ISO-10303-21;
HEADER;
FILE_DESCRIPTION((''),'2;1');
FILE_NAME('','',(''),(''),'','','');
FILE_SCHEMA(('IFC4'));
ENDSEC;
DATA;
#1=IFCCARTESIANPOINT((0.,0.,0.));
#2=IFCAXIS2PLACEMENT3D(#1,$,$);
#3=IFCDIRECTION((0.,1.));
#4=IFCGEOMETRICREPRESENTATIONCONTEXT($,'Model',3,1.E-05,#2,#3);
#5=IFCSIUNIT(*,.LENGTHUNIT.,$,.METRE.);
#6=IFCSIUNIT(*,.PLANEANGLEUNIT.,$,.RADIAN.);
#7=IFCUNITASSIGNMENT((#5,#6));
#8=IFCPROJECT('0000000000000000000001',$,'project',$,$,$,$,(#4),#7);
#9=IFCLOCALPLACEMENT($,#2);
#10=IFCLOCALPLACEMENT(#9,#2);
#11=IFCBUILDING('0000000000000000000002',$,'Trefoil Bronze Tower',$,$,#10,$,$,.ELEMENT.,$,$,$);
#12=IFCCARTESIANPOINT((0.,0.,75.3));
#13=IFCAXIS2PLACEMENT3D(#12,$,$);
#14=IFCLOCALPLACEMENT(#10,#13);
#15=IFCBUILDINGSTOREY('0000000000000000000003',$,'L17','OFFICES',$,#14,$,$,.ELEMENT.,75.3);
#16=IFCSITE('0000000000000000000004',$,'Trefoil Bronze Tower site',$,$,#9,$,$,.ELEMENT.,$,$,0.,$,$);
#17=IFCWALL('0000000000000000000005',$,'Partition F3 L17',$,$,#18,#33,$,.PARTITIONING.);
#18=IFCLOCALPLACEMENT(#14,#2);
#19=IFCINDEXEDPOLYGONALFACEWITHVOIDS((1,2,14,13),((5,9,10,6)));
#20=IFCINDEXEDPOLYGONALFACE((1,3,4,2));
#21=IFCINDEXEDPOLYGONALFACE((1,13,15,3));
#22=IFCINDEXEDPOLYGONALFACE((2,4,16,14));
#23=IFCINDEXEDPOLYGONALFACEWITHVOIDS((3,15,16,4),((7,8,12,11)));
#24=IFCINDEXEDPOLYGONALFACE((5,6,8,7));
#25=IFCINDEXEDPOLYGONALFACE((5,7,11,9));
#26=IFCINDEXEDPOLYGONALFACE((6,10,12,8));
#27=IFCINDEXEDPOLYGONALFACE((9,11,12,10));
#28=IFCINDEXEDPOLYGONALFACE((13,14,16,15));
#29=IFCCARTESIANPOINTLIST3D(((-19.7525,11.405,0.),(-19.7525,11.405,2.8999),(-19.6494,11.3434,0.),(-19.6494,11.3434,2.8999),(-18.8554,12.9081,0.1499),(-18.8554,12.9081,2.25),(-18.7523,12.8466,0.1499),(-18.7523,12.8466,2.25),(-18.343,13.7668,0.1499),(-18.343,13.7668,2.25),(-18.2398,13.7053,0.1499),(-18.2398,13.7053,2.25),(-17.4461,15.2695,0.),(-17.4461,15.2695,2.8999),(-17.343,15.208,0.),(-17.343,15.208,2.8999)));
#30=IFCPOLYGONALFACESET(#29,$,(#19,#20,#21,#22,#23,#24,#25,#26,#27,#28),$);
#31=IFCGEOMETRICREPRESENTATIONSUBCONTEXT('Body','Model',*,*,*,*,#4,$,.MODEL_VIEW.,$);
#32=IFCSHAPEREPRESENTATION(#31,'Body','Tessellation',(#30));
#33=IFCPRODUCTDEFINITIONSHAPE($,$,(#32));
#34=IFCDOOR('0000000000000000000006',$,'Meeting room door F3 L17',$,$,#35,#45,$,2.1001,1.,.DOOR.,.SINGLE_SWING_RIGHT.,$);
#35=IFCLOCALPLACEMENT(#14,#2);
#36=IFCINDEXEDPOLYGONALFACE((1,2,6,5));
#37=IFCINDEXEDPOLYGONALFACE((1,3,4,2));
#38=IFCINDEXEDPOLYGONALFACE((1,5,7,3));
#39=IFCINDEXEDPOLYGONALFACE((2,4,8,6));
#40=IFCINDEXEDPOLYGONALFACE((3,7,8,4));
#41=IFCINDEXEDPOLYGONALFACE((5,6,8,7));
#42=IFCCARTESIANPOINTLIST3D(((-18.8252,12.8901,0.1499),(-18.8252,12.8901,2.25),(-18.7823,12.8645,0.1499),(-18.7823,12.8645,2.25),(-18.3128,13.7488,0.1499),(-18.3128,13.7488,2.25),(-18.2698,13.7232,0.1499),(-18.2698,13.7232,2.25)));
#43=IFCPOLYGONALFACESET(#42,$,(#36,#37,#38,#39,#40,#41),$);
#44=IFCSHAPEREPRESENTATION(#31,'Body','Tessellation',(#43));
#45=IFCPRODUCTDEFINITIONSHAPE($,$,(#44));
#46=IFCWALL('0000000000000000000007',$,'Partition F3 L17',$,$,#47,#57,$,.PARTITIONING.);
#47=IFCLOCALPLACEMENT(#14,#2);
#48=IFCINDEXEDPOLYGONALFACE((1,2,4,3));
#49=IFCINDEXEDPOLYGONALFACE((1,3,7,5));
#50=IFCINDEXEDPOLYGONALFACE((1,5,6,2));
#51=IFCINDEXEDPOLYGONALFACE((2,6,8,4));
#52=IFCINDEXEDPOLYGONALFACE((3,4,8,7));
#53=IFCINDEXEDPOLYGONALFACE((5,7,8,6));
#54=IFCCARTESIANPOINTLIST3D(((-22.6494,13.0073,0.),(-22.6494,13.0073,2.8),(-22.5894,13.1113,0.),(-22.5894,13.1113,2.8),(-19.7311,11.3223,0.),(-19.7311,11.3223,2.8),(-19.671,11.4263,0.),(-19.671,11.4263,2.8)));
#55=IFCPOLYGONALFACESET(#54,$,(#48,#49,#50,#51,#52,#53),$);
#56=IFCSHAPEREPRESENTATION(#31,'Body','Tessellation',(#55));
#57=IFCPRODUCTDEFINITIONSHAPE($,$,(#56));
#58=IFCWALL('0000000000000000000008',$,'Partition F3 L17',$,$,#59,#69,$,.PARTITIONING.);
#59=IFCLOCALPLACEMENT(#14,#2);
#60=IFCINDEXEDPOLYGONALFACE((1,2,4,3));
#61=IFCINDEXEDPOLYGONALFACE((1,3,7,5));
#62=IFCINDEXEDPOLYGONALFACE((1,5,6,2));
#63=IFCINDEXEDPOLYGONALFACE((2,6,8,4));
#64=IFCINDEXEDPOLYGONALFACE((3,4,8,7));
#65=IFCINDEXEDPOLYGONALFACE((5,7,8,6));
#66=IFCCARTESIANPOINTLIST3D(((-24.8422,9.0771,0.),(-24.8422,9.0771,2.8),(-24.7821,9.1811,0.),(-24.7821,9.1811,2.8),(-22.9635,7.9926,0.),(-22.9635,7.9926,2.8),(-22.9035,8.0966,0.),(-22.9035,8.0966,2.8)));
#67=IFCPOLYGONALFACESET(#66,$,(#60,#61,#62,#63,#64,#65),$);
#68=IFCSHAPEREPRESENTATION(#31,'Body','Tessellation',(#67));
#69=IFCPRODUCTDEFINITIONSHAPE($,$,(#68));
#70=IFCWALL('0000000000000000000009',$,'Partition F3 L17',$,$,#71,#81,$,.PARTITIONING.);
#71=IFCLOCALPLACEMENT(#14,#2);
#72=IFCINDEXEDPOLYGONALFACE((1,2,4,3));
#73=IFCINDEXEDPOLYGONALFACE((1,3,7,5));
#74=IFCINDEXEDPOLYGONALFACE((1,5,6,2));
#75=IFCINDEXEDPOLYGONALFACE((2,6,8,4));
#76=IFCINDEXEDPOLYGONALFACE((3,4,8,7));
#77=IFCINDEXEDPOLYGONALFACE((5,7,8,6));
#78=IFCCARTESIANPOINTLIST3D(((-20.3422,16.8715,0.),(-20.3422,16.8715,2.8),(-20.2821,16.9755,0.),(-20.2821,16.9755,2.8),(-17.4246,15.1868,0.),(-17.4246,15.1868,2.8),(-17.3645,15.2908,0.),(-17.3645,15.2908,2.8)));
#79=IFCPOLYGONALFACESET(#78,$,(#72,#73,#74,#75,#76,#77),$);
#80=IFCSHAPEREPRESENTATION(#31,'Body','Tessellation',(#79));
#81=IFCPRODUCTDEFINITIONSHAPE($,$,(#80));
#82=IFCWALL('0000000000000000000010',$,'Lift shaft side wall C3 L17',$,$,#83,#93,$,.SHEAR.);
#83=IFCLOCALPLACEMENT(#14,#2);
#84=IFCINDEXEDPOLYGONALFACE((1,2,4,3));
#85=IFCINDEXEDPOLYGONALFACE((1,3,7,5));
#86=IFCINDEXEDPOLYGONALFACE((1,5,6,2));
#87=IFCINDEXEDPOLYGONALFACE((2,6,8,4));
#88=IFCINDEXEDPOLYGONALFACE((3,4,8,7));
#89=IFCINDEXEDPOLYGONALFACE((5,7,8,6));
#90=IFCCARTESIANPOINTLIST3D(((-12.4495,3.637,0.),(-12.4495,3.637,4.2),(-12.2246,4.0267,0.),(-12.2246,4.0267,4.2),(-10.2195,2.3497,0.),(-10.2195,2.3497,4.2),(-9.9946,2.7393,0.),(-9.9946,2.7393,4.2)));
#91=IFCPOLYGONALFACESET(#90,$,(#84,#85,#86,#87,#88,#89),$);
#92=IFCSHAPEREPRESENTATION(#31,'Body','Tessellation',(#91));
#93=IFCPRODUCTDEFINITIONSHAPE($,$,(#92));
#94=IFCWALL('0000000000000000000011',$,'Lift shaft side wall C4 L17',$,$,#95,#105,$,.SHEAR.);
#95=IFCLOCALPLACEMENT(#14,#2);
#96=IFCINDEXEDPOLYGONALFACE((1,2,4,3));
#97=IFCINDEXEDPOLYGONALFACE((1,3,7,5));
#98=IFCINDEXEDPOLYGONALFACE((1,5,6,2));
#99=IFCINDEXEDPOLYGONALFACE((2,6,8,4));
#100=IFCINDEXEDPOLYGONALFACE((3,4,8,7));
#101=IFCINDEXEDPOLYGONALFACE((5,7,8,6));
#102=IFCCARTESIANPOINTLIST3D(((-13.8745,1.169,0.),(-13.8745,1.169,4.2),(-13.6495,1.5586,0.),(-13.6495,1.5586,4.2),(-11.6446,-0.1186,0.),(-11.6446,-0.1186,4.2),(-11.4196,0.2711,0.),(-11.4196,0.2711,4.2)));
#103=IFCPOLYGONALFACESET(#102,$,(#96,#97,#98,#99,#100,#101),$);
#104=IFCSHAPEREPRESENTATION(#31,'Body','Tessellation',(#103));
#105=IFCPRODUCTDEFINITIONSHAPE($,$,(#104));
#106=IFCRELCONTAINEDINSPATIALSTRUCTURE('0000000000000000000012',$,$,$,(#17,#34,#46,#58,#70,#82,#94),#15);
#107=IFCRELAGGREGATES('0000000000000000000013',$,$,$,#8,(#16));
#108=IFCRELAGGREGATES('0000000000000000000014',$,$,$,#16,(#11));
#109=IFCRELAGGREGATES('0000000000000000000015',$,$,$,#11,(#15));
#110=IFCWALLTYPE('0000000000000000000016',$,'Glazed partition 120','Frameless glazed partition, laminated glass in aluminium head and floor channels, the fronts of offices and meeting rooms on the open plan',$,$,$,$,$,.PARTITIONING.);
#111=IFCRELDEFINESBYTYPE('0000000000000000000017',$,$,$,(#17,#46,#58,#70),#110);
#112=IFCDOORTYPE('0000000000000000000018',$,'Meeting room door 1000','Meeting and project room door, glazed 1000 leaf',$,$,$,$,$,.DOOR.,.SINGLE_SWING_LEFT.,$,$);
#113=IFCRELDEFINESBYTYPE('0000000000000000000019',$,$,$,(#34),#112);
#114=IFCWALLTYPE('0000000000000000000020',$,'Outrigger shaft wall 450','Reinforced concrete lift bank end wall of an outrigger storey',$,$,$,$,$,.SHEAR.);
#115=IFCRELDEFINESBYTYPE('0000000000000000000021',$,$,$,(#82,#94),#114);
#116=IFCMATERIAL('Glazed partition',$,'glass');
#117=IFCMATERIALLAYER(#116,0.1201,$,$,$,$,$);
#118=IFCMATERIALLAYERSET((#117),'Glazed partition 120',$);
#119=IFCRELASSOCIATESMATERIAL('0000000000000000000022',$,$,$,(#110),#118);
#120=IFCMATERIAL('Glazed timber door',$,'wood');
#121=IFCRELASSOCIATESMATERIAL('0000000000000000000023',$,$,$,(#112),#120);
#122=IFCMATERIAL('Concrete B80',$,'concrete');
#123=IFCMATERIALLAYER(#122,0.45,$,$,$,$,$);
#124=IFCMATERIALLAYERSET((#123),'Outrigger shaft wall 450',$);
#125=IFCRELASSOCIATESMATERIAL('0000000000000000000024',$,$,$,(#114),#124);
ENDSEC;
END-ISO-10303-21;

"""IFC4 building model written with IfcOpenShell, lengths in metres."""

from ifc_helpers import new_model, si_unit, direction, frame, frame_2d, origin, place, context, subcontext, project, spatial, rectangle, extrude, material, layer, layer_set, type_object, element, fill, save


model = new_model("IFC4")

# Units and contexts
model_context = context("Model", 3, precision=1e-05, world=origin(), true_north=direction((0.0, 1.0)))
body_context = subcontext(model_context, "Body", "Model", "MODEL_VIEW")
ifc_project = project(units=[si_unit("LENGTHUNIT", "METRE"), si_unit("PLANEANGLEUNIT", "RADIAN")], contexts=[model_context])

# Site, building, storey
site_placement = place(None, origin())
site = spatial("IfcSite", under=ifc_project, at=site_placement, Name="Trefoil Bronze Tower site", CompositionType="ELEMENT", RefElevation=0.0)
building_placement = place(site_placement, origin())
building = spatial("IfcBuilding", under=site, at=building_placement, Name="Trefoil Bronze Tower", CompositionType="ELEMENT")
storey_placement = place(building_placement, frame((0.0, 0.0, 75.3)))
storey = spatial("IfcBuildingStorey", under=building, at=storey_placement, Name="L17", Description="OFFICES", CompositionType="ELEMENT", Elevation=75.3)

# Wall, opening, door
ifc_material_1 = material(Name="Glazed partition", Category="glass")
ifc_layer_1 = layer(ifc_material_1, 0.1201)
ifc_layer_set_1 = layer_set([ifc_layer_1], Name="Glazed partition 120")
wall_type_1 = type_object("IfcWallType", Name="Glazed partition 120", Description="Frameless glazed partition, laminated glass in aluminium head and floor channels, the fronts of offices and meeting rooms on the open plan", PredefinedType="PARTITIONING", material=ifc_layer_set_1)
wall_1_placement = place(storey_placement, frame((-17.3945, 15.2388, 0.0), z_axis=(0.0, 0.0, 1.0), x_axis=(-0.512484, -0.858697, 0.0)))
wall_1 = element("IfcWall", 1, at=wall_1_placement, inside=storey, type_object=wall_type_1, Name="Partition F3 L17", PredefinedType="PARTITIONING", context=body_context, shape_type="SweptSolid", body=[
    extrude(rectangle(XDim=4.5005, YDim=0.1201, at=frame_2d((2.2502, 0.0))), origin(), (0.0, 0.0, 1.0), 2.8999),
])
opening_1_placement = place(wall_1_placement, frame((1.75, 0.0, 0.1499)))
opening_1 = element("IfcOpeningElement", 2, at=opening_1_placement, cuts=wall_1, PredefinedType="OPENING", context=body_context, shape_type="SweptSolid", body=[
    extrude(rectangle(XDim=1.0, YDim=2.1001, at=frame_2d((0.5, 1.05))), frame((0.0, 0.0701, 0.0), z_axis=(0.0, -1.0, 0.0), x_axis=(1.0, 0.0, 0.0)), (0.0, 0.0, 1.0), 0.1401),
])
ifc_material_2 = material(Name="Glazed timber door", Category="wood")
door_type_1 = type_object("IfcDoorType", Name="Meeting room door 1000", Description="Meeting and project room door, glazed 1000 leaf", OperationType="SINGLE_SWING_LEFT", PredefinedType="DOOR", material=ifc_material_2)
door_1_placement = place(opening_1_placement, frame((1.0, 0.0, 0.0), z_axis=(0.0, 0.0, 1.0), x_axis=(-1.0, 0.0, 0.0)))
door_1 = element("IfcDoor", 3, at=door_1_placement, inside=storey, type_object=door_type_1, Name="Meeting room door F3 L17", OperationType="SINGLE_SWING_RIGHT", OverallHeight=2.1001, OverallWidth=1.0, PredefinedType="DOOR", context=body_context, shape_type="SweptSolid", body=[
    extrude(rectangle(XDim=1.0, YDim=2.1001, at=frame_2d((0.5, 1.05))), frame((0.0, 0.0249, 0.0), z_axis=(0.0, -1.0, 0.0), x_axis=(1.0, 0.0, 0.0)), (0.0, 0.0, 1.0), 0.05),
])
fill(opening_1, door_1)

# Walls
wall_2_placement = place(storey_placement, frame((-19.7009, 11.3743, 0.0), z_axis=(0.0, 0.0, 1.0), x_axis=(-0.866014, 0.500019, 0.0)))
element("IfcWall", 4, at=wall_2_placement, inside=storey, type_object=wall_type_1, Name="Partition F3 L17", PredefinedType="PARTITIONING", context=body_context, shape_type="SweptSolid", body=[
    extrude(rectangle(XDim=3.3699, YDim=0.1201, at=frame_2d((1.6851, 0.0))), origin(), (0.0, 0.0, 1.0), 2.8),
])
wall_3_placement = place(storey_placement, frame((-22.9336, 8.0447, 0.0), z_axis=(0.0, 0.0, 1.0), x_axis=(-0.86606, 0.49994, 0.0)))
element("IfcWall", 5, at=wall_3_placement, inside=storey, type_object=wall_type_1, Name="Partition F3 L17", PredefinedType="PARTITIONING", context=body_context, shape_type="SweptSolid", body=[
    extrude(rectangle(XDim=2.1692, YDim=0.1201, at=frame_2d((1.0845, 0.0))), origin(), (0.0, 0.0, 1.0), 2.8),
])
wall_4_placement = place(storey_placement, frame((-17.3945, 15.2388, 0.0), z_axis=(0.0, 0.0, 1.0), x_axis=(-0.865991, 0.500059, 0.0)))
element("IfcWall", 6, at=wall_4_placement, inside=storey, type_object=wall_type_1, Name="Partition F3 L17", PredefinedType="PARTITIONING", context=body_context, shape_type="SweptSolid", body=[
    extrude(rectangle(XDim=3.3691, YDim=0.1201, at=frame_2d((1.6846, 0.0))), origin(), (0.0, 0.0, 1.0), 2.8),
])
ifc_material_3 = material(Name="Concrete B80", Category="concrete")
ifc_layer_2 = layer(ifc_material_3, 0.45)
ifc_layer_set_2 = layer_set([ifc_layer_2], Name="Outrigger shaft wall 450")
wall_type_2 = type_object("IfcWallType", Name="Outrigger shaft wall 450", Description="Reinforced concrete lift bank end wall of an outrigger storey", PredefinedType="SHEAR", material=ifc_layer_set_2)
for number, where, z_axis, x_axis, name in (
    (7, (-10.1069, 2.5444, 0.0), (0.0, 0.0, 1.0), (-0.866047, 0.499963, 0.0), "Lift shaft side wall C3 L17"),
    (8, (-11.532, 0.0762, 0.0), (0.0, 0.0, 1.0), (-0.866006, 0.500034, 0.0), "Lift shaft side wall C4 L17"),
):
    element("IfcWall", number, at=place(storey_placement, frame(where, z_axis=z_axis, x_axis=x_axis)), inside=storey, type_object=wall_type_2, Name=name, PredefinedType="SHEAR", context=body_context, shape_type="SweptSolid", body=[
        extrude(rectangle(XDim=2.575, YDim=0.45, at=frame_2d((1.2876, 0.0))), origin(), (0.0, 0.0, 1.0), 4.2),
    ])

save(model, "model.ifc")
